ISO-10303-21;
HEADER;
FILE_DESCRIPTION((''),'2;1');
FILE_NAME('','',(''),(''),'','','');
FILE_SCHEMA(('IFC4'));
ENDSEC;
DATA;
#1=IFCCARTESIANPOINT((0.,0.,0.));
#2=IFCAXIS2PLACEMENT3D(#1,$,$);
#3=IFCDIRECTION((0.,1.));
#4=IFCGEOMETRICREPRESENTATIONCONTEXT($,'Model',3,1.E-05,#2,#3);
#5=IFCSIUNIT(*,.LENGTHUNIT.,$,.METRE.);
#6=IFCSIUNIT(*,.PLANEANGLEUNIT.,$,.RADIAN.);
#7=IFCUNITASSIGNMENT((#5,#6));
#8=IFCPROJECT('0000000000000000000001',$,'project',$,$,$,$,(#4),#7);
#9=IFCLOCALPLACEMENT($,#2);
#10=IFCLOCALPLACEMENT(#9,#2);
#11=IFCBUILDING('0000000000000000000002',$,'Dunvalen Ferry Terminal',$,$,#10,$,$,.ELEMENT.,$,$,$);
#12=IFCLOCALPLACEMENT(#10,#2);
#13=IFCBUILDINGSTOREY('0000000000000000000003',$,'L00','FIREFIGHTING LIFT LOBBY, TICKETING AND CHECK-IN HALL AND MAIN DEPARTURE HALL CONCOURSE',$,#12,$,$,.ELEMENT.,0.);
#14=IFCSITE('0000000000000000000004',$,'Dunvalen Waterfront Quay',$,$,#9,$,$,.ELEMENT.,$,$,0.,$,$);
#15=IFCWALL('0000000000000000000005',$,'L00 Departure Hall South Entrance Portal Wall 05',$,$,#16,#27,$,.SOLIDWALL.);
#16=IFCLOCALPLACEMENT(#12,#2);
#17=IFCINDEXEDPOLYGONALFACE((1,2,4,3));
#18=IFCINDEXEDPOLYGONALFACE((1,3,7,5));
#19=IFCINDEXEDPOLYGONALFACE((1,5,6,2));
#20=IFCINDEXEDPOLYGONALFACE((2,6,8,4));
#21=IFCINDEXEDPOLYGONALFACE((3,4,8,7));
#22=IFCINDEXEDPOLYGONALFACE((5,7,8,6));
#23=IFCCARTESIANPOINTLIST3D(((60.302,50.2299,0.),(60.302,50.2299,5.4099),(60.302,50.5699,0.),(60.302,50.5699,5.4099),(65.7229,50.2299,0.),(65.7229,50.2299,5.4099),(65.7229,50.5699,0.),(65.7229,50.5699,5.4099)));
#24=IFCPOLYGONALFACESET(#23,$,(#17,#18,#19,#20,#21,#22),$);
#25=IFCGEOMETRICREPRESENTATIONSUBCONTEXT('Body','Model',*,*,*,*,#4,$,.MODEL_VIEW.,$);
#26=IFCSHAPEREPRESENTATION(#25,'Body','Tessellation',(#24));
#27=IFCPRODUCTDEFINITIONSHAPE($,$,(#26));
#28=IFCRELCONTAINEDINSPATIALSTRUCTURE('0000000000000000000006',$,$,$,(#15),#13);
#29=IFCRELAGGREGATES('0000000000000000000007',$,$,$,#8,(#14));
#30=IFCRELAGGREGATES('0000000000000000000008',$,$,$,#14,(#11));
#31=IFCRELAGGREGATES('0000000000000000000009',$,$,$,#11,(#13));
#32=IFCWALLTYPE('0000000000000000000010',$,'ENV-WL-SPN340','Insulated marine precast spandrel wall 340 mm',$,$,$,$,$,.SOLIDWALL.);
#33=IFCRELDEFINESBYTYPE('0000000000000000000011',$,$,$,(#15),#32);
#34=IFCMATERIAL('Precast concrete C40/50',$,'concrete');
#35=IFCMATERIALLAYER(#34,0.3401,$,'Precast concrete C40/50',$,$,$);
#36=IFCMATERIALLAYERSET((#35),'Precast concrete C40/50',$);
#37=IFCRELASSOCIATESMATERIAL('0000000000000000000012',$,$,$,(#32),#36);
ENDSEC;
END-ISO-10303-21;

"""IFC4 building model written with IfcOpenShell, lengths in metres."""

from ifc_helpers import new_model, si_unit, direction, frame, frame_2d, origin, place, context, subcontext, project, spatial, rectangle, extrude, material, layer, layer_set, type_object, element, save


model = new_model("IFC4")

# Units and contexts
model_context = context("Model", 3, precision=1e-05, world=origin(), true_north=direction((0.0, 1.0)))
body_context = subcontext(model_context, "Body", "Model", "MODEL_VIEW")
ifc_project = project(units=[si_unit("LENGTHUNIT", "METRE"), si_unit("PLANEANGLEUNIT", "RADIAN")], contexts=[model_context])

# Site, building, storey
site_placement = place(None, origin())
site = spatial("IfcSite", under=ifc_project, at=site_placement, Name="Dunvalen Waterfront Quay", CompositionType="ELEMENT", RefElevation=0.0)
building_placement = place(site_placement, origin())
building = spatial("IfcBuilding", under=site, at=building_placement, Name="Dunvalen Ferry Terminal", CompositionType="ELEMENT")
storey_placement = place(building_placement, origin())
storey = spatial("IfcBuildingStorey", under=building, at=storey_placement, Name="L00", Description="FIREFIGHTING LIFT LOBBY, TICKETING AND CHECK-IN HALL AND MAIN DEPARTURE HALL CONCOURSE", CompositionType="ELEMENT", Elevation=0.0)

# Wall
ifc_material_1 = material(Name="Precast concrete C40/50", Category="concrete")
ifc_layer_1 = layer(ifc_material_1, 0.3401, Name="Precast concrete C40/50")
ifc_layer_set_1 = layer_set([ifc_layer_1], Name="Precast concrete C40/50")
wall_type = type_object("IfcWallType", Name="ENV-WL-SPN340", Description="Insulated marine precast spandrel wall 340 mm", PredefinedType="SOLIDWALL", material=ifc_layer_set_1)
wall_placement = place(storey_placement, frame((60.302, 50.3999, 0.0), z_axis=(0.0, 0.0, 1.0), x_axis=(1.0, 0.0, 0.0)))
element("IfcWall", 1, at=wall_placement, inside=storey, type_object=wall_type, Name="L00 Departure Hall South Entrance Portal Wall 05", PredefinedType="SOLIDWALL", context=body_context, shape_type="SweptSolid", body=[
    extrude(rectangle(XDim=5.4209, YDim=0.3401, at=frame_2d((2.7104, 0.0))), origin(), (0.0, 0.0, 1.0), 5.4099),
])

save(model, "model.ifc")
